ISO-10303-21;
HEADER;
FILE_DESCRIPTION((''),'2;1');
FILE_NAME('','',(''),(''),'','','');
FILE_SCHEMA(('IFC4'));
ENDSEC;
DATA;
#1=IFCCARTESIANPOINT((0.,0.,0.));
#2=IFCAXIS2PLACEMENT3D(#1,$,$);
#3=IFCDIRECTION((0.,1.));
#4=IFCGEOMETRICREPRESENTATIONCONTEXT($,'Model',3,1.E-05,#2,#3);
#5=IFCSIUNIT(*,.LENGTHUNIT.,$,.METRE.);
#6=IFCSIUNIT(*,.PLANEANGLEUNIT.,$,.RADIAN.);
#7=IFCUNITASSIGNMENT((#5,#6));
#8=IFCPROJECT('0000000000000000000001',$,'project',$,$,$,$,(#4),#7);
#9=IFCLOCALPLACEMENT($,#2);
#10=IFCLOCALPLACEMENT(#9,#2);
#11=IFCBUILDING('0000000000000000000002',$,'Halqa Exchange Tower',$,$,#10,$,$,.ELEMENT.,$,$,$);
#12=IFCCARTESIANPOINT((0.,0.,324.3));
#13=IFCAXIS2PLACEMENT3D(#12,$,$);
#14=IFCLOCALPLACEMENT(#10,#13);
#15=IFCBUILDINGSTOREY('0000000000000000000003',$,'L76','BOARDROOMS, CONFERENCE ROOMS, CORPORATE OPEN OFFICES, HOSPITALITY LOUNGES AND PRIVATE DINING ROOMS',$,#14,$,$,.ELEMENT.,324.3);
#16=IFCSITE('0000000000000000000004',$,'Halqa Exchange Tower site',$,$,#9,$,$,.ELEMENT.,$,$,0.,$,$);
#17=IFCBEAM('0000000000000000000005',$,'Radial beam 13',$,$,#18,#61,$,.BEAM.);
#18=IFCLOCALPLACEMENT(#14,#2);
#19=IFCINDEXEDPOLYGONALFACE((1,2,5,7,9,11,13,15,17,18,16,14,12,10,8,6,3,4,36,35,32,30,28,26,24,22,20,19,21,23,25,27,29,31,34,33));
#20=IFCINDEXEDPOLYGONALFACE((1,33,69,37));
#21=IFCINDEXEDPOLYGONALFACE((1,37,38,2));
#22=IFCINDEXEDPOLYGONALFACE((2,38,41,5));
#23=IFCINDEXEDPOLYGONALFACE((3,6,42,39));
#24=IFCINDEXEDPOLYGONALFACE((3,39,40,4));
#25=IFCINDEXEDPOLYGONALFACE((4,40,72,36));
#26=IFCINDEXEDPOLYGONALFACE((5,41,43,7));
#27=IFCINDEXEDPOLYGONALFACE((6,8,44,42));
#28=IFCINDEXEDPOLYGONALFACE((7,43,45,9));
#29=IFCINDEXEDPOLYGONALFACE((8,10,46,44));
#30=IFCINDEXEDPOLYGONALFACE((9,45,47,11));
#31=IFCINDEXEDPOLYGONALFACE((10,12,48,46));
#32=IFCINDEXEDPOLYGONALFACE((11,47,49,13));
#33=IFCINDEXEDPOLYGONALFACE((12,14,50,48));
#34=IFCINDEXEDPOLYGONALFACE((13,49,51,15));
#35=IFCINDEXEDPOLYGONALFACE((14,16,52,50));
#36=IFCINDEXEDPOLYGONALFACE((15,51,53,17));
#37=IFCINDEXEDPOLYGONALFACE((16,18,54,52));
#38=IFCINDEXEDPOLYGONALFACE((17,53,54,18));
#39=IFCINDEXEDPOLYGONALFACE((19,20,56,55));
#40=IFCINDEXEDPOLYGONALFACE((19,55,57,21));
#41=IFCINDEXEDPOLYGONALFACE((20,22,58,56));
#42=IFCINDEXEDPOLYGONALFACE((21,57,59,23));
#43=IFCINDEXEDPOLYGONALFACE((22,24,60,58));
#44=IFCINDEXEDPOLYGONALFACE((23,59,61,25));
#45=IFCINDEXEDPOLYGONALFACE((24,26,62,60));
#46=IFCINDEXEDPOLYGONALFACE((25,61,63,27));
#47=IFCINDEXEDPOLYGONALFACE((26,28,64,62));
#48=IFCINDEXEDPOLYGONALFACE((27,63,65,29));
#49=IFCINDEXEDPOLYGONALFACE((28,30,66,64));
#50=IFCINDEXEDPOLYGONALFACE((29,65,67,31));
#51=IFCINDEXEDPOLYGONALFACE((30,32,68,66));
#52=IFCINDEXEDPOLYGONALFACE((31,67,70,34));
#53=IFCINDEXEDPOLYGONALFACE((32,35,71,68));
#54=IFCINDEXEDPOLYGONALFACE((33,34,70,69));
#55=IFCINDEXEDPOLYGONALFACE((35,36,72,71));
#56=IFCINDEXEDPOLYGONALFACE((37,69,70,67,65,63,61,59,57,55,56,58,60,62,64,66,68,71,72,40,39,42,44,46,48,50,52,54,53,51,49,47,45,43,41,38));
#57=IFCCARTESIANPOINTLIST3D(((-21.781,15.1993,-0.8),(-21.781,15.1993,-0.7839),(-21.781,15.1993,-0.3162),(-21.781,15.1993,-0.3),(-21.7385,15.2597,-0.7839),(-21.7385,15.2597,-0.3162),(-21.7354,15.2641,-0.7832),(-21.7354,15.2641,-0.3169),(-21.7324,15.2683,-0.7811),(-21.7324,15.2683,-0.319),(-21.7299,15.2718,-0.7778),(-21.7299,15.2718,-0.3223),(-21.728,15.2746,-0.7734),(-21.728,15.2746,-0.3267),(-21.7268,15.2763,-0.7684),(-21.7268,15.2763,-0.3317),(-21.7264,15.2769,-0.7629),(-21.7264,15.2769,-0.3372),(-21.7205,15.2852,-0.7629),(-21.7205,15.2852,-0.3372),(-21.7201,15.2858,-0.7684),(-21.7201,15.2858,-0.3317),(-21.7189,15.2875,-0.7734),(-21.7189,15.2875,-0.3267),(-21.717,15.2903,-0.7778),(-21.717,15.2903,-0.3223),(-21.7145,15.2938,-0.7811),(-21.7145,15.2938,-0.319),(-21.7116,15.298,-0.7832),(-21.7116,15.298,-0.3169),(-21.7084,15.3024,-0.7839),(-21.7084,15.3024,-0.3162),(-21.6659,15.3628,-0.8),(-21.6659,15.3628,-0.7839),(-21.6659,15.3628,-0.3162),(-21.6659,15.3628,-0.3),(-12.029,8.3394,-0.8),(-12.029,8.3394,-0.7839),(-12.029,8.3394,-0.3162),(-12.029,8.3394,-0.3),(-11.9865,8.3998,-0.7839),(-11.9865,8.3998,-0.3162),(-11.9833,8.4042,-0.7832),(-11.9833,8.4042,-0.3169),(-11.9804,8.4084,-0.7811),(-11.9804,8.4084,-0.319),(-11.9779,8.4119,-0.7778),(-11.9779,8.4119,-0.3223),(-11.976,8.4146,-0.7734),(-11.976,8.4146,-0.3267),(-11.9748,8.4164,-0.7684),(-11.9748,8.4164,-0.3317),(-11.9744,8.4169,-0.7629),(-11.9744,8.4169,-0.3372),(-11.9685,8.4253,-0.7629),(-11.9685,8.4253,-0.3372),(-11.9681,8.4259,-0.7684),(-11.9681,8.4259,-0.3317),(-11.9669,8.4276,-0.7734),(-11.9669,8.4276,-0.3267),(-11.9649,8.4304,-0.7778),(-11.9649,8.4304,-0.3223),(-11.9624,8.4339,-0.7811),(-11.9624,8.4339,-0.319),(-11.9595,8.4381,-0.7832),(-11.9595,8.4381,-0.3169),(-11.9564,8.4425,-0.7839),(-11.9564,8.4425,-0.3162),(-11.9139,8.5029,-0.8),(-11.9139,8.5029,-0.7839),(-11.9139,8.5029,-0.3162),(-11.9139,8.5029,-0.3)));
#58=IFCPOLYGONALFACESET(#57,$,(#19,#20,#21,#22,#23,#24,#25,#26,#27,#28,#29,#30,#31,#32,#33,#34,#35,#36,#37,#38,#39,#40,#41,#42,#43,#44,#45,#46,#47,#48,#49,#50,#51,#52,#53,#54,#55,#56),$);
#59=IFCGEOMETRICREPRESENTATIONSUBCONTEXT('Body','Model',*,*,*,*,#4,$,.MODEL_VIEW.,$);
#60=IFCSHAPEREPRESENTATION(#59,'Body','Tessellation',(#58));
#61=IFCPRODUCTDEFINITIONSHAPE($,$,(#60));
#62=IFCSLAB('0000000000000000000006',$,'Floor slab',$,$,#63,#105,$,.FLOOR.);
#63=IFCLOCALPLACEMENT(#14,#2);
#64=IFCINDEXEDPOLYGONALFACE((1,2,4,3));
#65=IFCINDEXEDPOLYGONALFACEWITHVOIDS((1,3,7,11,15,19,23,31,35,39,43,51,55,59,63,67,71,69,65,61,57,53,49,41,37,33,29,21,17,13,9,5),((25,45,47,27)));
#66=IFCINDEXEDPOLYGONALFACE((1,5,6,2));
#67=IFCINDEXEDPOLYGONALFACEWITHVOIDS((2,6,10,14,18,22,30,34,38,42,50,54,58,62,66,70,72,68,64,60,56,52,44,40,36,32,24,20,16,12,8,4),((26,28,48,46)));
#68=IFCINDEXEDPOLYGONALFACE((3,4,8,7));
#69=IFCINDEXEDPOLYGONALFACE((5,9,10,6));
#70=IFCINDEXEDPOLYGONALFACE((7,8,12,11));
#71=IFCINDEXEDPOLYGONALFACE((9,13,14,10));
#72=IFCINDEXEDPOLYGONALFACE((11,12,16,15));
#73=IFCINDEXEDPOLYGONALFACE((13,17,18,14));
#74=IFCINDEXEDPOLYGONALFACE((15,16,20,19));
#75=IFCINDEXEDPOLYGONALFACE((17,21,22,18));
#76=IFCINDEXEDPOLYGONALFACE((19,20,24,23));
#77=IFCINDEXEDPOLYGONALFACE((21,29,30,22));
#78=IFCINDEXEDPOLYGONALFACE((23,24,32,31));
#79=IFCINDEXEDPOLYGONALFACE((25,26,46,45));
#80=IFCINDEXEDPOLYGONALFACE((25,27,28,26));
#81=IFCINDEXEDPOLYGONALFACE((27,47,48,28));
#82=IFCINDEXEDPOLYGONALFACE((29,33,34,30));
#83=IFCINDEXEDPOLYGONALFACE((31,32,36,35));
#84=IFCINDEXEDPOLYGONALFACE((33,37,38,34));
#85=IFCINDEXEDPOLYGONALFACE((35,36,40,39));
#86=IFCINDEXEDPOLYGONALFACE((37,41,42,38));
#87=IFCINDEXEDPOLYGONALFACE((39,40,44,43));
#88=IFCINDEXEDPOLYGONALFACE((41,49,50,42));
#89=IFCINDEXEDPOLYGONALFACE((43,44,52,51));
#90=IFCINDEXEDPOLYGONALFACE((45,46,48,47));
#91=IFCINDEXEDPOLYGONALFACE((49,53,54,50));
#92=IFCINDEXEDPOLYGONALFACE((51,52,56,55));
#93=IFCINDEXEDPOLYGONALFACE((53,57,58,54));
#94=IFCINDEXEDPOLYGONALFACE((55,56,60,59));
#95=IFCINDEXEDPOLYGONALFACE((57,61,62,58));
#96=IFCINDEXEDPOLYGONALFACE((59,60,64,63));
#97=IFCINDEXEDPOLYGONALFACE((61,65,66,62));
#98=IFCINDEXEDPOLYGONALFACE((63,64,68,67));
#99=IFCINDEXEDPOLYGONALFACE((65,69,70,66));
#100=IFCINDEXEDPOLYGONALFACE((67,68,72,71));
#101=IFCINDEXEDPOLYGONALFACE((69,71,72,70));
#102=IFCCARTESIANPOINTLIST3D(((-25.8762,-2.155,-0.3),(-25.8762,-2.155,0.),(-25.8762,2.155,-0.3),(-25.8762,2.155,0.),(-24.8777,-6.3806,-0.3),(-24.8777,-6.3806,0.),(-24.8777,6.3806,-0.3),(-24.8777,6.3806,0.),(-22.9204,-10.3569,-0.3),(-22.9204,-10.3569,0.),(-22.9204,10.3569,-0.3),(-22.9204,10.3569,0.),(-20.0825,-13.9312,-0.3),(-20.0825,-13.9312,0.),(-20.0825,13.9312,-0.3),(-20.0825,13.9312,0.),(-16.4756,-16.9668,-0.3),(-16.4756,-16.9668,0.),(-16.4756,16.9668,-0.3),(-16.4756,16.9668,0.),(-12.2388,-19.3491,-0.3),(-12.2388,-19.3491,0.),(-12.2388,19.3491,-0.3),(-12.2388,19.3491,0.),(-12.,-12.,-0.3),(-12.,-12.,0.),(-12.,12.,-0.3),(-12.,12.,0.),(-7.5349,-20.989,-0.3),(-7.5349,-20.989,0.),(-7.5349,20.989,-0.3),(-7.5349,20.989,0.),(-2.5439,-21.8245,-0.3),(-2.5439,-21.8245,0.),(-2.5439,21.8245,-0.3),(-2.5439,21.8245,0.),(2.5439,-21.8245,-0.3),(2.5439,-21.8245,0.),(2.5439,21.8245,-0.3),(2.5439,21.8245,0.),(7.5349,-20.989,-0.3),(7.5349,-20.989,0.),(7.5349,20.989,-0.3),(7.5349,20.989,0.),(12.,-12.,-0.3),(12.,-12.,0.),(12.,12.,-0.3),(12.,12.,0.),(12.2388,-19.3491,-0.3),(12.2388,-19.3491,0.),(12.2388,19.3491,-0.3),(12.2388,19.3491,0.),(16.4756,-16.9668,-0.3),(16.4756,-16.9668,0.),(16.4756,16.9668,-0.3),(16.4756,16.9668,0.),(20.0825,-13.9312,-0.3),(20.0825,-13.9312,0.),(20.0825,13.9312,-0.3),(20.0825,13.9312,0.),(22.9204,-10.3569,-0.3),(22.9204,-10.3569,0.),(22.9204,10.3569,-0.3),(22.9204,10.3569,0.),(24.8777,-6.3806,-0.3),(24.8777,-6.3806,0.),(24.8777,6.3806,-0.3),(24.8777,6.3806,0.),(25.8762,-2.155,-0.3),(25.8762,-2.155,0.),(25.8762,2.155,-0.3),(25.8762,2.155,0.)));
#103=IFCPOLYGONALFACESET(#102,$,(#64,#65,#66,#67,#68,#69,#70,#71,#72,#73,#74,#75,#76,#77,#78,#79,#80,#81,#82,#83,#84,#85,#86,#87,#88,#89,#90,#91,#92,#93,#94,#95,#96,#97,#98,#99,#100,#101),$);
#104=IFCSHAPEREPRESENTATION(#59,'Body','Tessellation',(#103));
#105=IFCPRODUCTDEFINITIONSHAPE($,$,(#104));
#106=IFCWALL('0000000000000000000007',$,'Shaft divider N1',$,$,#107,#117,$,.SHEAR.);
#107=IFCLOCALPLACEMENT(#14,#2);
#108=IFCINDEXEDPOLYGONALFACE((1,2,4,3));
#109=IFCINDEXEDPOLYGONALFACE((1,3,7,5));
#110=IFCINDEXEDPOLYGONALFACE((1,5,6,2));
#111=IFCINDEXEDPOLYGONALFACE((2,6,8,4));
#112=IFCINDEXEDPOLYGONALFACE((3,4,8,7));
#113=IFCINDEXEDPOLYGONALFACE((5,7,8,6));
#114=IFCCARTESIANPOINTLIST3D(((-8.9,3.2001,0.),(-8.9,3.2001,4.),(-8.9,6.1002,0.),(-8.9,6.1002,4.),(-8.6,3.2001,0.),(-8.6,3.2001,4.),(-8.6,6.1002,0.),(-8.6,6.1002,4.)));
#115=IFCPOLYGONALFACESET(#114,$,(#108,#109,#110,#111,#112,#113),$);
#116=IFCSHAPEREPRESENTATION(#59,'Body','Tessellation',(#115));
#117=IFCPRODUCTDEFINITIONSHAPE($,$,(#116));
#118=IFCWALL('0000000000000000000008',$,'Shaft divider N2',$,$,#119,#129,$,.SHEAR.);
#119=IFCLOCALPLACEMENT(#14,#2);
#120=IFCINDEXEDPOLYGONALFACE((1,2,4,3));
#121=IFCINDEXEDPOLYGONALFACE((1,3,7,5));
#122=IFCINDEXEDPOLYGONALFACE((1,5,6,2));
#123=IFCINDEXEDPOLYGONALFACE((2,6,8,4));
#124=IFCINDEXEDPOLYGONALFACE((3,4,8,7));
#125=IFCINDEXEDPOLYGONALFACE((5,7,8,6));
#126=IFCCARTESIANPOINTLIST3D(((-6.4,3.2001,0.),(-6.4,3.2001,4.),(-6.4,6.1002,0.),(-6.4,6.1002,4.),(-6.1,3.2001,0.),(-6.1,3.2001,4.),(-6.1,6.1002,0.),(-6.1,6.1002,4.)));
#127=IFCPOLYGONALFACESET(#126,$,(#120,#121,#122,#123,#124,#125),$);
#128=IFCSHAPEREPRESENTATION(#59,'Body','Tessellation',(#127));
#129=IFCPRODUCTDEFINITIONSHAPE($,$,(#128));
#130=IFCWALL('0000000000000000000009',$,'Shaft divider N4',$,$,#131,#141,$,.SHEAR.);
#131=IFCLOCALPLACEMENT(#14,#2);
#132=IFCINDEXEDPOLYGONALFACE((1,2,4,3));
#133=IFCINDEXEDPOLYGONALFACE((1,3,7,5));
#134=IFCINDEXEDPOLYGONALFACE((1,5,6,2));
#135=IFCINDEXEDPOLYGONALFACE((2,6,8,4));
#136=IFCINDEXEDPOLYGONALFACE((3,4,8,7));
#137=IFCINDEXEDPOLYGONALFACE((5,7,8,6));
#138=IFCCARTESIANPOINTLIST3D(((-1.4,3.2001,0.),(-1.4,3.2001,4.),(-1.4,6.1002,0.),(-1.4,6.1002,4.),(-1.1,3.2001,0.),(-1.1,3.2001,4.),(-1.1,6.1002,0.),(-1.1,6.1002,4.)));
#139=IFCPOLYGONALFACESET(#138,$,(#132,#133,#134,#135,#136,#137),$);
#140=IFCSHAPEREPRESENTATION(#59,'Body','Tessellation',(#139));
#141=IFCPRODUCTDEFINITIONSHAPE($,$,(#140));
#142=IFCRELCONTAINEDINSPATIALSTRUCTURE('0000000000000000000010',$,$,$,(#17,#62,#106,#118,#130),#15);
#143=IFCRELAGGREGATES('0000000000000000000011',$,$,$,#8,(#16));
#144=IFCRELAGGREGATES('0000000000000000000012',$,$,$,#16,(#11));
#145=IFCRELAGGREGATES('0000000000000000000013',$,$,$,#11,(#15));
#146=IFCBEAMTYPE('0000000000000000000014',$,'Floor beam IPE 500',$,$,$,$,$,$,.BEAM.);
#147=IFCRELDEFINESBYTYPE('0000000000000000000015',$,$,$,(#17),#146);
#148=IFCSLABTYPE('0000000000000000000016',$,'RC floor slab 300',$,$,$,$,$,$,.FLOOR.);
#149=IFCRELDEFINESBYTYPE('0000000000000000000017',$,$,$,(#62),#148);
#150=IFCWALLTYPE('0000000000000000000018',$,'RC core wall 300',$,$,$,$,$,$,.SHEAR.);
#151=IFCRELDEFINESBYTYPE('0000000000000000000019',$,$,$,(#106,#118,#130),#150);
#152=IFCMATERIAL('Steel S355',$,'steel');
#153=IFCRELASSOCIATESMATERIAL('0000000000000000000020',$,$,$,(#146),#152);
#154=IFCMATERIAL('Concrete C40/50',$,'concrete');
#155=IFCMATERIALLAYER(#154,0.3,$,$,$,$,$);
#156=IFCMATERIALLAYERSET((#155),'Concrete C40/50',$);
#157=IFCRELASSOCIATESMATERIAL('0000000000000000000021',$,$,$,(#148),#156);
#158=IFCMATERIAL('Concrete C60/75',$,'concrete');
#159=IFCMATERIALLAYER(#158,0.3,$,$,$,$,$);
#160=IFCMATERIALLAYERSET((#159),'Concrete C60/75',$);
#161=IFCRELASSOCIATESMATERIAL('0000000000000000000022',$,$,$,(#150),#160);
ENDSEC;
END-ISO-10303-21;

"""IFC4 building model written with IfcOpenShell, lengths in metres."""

from ifc_helpers import new_model, si_unit, direction, frame, frame_2d, origin, origin_2d, place, context, subcontext, project, spatial, polyline, rectangle, i_section, outline, extrude, material, layer, layer_set, material_profile, profile_set, type_object, element, save


model = new_model("IFC4")

# Units and contexts
model_context = context("Model", 3, precision=1e-05, world=origin(), true_north=direction((0.0, 1.0)))
body_context = subcontext(model_context, "Body", "Model", "MODEL_VIEW")
ifc_project = project(units=[si_unit("LENGTHUNIT", "METRE"), si_unit("PLANEANGLEUNIT", "RADIAN")], contexts=[model_context])

# Site, building, storey
site_placement = place(None, origin())
site = spatial("IfcSite", under=ifc_project, at=site_placement, Name="Halqa Exchange Tower site", CompositionType="ELEMENT", RefElevation=0.0)
building_placement = place(site_placement, origin())
building = spatial("IfcBuilding", under=site, at=building_placement, Name="Halqa Exchange Tower", CompositionType="ELEMENT")
storey_placement = place(building_placement, frame((0.0, 0.0, 324.3)))
storey = spatial("IfcBuildingStorey", under=building, at=storey_placement, Name="L76", Description="BOARDROOMS, CONFERENCE ROOMS, CORPORATE OPEN OFFICES, HOSPITALITY LOUNGES AND PRIVATE DINING ROOMS", CompositionType="ELEMENT", Elevation=324.3)

# Beam
ifc_material_1 = material(Name="Steel S355", Category="steel")
ifc_material_profile = material_profile(ifc_material_1, i_section(OverallWidth=0.2, OverallDepth=0.5, WebThickness=0.0103, FlangeThickness=0.0161, FilletRadius=0.021, at=origin_2d()), Name="IPE 500")
ifc_profile_set = profile_set([ifc_material_profile], Name="Steel S355")
beam_type = type_object("IfcBeamType", Name="Floor beam IPE 500", PredefinedType="BEAM", material=ifc_profile_set)
beam_placement = place(storey_placement, frame((-11.9714, 8.4211, -0.55), z_axis=(-0.81791, 0.575346, 0.0), x_axis=(-0.575346, -0.81791, 0.0)))
element("IfcBeam", 1, at=beam_placement, inside=storey, type_object=beam_type, Name="Radial beam 13", PredefinedType="BEAM", context=body_context, shape_type="SweptSolid", body=[
    extrude(i_section(OverallWidth=0.2, OverallDepth=0.5, WebThickness=0.0103, FlangeThickness=0.0161, FilletRadius=0.021, at=origin_2d()), origin(), (0.0, 0.0, 1.0), 11.9231),
])

# Slab
ifc_material_2 = material(Name="Concrete C40/50", Category="concrete")
ifc_layer_1 = layer(ifc_material_2, 0.3)
ifc_layer_set_1 = layer_set([ifc_layer_1], Name="Concrete C40/50")
slab_type = type_object("IfcSlabType", Name="RC floor slab 300", PredefinedType="FLOOR", material=ifc_layer_set_1)
slab_placement = place(storey_placement, frame((0.0, 0.0, -0.3)))
element("IfcSlab", 2, at=slab_placement, inside=storey, type_object=slab_type, Name="Floor slab", PredefinedType="FLOOR", context=body_context, shape_type="SweptSolid", body=[
    extrude(outline(polyline([(25.8762, 2.155), (24.8777, 6.3806), (22.9204, 10.3569), (20.0825, 13.9312), (16.4756, 16.9668), (12.2388, 19.3491), (7.5349, 20.989), (2.5439, 21.8245), (-2.5439, 21.8245), (-7.5349, 20.989), (-12.2388, 19.3491), (-16.4756, 16.9668), (-20.0825, 13.9312), (-22.9204, 10.3569), (-24.8777, 6.3806), (-25.8762, 2.155), (-25.8762, -2.155), (-24.8777, -6.3806), (-22.9204, -10.3569), (-20.0825, -13.9312), (-16.4756, -16.9668), (-12.2388, -19.3491), (-7.5349, -20.989), (-2.5439, -21.8245), (2.5439, -21.8245), (7.5349, -20.989), (12.2388, -19.3491), (16.4756, -16.9668), (20.0825, -13.9312), (22.9204, -10.3569), (24.8777, -6.3806), (25.8762, -2.155), (25.8762, 2.155)]), holes=[polyline([(-12.0, -12.0), (12.0, -12.0), (12.0, 12.0), (-12.0, 12.0), (-12.0, -12.0)])]), origin(), (0.0, 0.0, 1.0), 0.3),
])

# Walls
ifc_material_3 = material(Name="Concrete C60/75", Category="concrete")
ifc_layer_2 = layer(ifc_material_3, 0.3)
ifc_layer_set_2 = layer_set([ifc_layer_2], Name="Concrete C60/75")
wall_type_1 = type_object("IfcWallType", Name="RC core wall 300", PredefinedType="SHEAR", material=ifc_layer_set_2)
for number, where, z_axis, x_axis, name in (
    (3, (-8.75, 3.2, 0.0), (0.0, 0.0, 1.0), (0.0, 1.0, 0.0), "Shaft divider N1"),
    (4, (-6.25, 3.2, 0.0), (0.0, 0.0, 1.0), (0.0, 1.0, 0.0), "Shaft divider N2"),
    (5, (-1.25, 3.2, 0.0), (0.0, 0.0, 1.0), (0.0, 1.0, 0.0), "Shaft divider N4"),
):
    element("IfcWall", number, at=place(storey_placement, frame(where, z_axis=z_axis, x_axis=x_axis)), inside=storey, type_object=wall_type_1, Name=name, PredefinedType="SHEAR", context=body_context, shape_type="SweptSolid", body=[
        extrude(rectangle(XDim=2.9001, YDim=0.3, at=frame_2d((1.4502, 0.0))), origin(), (0.0, 0.0, 1.0), 4.0),
    ])

save(model, "model.ifc")
